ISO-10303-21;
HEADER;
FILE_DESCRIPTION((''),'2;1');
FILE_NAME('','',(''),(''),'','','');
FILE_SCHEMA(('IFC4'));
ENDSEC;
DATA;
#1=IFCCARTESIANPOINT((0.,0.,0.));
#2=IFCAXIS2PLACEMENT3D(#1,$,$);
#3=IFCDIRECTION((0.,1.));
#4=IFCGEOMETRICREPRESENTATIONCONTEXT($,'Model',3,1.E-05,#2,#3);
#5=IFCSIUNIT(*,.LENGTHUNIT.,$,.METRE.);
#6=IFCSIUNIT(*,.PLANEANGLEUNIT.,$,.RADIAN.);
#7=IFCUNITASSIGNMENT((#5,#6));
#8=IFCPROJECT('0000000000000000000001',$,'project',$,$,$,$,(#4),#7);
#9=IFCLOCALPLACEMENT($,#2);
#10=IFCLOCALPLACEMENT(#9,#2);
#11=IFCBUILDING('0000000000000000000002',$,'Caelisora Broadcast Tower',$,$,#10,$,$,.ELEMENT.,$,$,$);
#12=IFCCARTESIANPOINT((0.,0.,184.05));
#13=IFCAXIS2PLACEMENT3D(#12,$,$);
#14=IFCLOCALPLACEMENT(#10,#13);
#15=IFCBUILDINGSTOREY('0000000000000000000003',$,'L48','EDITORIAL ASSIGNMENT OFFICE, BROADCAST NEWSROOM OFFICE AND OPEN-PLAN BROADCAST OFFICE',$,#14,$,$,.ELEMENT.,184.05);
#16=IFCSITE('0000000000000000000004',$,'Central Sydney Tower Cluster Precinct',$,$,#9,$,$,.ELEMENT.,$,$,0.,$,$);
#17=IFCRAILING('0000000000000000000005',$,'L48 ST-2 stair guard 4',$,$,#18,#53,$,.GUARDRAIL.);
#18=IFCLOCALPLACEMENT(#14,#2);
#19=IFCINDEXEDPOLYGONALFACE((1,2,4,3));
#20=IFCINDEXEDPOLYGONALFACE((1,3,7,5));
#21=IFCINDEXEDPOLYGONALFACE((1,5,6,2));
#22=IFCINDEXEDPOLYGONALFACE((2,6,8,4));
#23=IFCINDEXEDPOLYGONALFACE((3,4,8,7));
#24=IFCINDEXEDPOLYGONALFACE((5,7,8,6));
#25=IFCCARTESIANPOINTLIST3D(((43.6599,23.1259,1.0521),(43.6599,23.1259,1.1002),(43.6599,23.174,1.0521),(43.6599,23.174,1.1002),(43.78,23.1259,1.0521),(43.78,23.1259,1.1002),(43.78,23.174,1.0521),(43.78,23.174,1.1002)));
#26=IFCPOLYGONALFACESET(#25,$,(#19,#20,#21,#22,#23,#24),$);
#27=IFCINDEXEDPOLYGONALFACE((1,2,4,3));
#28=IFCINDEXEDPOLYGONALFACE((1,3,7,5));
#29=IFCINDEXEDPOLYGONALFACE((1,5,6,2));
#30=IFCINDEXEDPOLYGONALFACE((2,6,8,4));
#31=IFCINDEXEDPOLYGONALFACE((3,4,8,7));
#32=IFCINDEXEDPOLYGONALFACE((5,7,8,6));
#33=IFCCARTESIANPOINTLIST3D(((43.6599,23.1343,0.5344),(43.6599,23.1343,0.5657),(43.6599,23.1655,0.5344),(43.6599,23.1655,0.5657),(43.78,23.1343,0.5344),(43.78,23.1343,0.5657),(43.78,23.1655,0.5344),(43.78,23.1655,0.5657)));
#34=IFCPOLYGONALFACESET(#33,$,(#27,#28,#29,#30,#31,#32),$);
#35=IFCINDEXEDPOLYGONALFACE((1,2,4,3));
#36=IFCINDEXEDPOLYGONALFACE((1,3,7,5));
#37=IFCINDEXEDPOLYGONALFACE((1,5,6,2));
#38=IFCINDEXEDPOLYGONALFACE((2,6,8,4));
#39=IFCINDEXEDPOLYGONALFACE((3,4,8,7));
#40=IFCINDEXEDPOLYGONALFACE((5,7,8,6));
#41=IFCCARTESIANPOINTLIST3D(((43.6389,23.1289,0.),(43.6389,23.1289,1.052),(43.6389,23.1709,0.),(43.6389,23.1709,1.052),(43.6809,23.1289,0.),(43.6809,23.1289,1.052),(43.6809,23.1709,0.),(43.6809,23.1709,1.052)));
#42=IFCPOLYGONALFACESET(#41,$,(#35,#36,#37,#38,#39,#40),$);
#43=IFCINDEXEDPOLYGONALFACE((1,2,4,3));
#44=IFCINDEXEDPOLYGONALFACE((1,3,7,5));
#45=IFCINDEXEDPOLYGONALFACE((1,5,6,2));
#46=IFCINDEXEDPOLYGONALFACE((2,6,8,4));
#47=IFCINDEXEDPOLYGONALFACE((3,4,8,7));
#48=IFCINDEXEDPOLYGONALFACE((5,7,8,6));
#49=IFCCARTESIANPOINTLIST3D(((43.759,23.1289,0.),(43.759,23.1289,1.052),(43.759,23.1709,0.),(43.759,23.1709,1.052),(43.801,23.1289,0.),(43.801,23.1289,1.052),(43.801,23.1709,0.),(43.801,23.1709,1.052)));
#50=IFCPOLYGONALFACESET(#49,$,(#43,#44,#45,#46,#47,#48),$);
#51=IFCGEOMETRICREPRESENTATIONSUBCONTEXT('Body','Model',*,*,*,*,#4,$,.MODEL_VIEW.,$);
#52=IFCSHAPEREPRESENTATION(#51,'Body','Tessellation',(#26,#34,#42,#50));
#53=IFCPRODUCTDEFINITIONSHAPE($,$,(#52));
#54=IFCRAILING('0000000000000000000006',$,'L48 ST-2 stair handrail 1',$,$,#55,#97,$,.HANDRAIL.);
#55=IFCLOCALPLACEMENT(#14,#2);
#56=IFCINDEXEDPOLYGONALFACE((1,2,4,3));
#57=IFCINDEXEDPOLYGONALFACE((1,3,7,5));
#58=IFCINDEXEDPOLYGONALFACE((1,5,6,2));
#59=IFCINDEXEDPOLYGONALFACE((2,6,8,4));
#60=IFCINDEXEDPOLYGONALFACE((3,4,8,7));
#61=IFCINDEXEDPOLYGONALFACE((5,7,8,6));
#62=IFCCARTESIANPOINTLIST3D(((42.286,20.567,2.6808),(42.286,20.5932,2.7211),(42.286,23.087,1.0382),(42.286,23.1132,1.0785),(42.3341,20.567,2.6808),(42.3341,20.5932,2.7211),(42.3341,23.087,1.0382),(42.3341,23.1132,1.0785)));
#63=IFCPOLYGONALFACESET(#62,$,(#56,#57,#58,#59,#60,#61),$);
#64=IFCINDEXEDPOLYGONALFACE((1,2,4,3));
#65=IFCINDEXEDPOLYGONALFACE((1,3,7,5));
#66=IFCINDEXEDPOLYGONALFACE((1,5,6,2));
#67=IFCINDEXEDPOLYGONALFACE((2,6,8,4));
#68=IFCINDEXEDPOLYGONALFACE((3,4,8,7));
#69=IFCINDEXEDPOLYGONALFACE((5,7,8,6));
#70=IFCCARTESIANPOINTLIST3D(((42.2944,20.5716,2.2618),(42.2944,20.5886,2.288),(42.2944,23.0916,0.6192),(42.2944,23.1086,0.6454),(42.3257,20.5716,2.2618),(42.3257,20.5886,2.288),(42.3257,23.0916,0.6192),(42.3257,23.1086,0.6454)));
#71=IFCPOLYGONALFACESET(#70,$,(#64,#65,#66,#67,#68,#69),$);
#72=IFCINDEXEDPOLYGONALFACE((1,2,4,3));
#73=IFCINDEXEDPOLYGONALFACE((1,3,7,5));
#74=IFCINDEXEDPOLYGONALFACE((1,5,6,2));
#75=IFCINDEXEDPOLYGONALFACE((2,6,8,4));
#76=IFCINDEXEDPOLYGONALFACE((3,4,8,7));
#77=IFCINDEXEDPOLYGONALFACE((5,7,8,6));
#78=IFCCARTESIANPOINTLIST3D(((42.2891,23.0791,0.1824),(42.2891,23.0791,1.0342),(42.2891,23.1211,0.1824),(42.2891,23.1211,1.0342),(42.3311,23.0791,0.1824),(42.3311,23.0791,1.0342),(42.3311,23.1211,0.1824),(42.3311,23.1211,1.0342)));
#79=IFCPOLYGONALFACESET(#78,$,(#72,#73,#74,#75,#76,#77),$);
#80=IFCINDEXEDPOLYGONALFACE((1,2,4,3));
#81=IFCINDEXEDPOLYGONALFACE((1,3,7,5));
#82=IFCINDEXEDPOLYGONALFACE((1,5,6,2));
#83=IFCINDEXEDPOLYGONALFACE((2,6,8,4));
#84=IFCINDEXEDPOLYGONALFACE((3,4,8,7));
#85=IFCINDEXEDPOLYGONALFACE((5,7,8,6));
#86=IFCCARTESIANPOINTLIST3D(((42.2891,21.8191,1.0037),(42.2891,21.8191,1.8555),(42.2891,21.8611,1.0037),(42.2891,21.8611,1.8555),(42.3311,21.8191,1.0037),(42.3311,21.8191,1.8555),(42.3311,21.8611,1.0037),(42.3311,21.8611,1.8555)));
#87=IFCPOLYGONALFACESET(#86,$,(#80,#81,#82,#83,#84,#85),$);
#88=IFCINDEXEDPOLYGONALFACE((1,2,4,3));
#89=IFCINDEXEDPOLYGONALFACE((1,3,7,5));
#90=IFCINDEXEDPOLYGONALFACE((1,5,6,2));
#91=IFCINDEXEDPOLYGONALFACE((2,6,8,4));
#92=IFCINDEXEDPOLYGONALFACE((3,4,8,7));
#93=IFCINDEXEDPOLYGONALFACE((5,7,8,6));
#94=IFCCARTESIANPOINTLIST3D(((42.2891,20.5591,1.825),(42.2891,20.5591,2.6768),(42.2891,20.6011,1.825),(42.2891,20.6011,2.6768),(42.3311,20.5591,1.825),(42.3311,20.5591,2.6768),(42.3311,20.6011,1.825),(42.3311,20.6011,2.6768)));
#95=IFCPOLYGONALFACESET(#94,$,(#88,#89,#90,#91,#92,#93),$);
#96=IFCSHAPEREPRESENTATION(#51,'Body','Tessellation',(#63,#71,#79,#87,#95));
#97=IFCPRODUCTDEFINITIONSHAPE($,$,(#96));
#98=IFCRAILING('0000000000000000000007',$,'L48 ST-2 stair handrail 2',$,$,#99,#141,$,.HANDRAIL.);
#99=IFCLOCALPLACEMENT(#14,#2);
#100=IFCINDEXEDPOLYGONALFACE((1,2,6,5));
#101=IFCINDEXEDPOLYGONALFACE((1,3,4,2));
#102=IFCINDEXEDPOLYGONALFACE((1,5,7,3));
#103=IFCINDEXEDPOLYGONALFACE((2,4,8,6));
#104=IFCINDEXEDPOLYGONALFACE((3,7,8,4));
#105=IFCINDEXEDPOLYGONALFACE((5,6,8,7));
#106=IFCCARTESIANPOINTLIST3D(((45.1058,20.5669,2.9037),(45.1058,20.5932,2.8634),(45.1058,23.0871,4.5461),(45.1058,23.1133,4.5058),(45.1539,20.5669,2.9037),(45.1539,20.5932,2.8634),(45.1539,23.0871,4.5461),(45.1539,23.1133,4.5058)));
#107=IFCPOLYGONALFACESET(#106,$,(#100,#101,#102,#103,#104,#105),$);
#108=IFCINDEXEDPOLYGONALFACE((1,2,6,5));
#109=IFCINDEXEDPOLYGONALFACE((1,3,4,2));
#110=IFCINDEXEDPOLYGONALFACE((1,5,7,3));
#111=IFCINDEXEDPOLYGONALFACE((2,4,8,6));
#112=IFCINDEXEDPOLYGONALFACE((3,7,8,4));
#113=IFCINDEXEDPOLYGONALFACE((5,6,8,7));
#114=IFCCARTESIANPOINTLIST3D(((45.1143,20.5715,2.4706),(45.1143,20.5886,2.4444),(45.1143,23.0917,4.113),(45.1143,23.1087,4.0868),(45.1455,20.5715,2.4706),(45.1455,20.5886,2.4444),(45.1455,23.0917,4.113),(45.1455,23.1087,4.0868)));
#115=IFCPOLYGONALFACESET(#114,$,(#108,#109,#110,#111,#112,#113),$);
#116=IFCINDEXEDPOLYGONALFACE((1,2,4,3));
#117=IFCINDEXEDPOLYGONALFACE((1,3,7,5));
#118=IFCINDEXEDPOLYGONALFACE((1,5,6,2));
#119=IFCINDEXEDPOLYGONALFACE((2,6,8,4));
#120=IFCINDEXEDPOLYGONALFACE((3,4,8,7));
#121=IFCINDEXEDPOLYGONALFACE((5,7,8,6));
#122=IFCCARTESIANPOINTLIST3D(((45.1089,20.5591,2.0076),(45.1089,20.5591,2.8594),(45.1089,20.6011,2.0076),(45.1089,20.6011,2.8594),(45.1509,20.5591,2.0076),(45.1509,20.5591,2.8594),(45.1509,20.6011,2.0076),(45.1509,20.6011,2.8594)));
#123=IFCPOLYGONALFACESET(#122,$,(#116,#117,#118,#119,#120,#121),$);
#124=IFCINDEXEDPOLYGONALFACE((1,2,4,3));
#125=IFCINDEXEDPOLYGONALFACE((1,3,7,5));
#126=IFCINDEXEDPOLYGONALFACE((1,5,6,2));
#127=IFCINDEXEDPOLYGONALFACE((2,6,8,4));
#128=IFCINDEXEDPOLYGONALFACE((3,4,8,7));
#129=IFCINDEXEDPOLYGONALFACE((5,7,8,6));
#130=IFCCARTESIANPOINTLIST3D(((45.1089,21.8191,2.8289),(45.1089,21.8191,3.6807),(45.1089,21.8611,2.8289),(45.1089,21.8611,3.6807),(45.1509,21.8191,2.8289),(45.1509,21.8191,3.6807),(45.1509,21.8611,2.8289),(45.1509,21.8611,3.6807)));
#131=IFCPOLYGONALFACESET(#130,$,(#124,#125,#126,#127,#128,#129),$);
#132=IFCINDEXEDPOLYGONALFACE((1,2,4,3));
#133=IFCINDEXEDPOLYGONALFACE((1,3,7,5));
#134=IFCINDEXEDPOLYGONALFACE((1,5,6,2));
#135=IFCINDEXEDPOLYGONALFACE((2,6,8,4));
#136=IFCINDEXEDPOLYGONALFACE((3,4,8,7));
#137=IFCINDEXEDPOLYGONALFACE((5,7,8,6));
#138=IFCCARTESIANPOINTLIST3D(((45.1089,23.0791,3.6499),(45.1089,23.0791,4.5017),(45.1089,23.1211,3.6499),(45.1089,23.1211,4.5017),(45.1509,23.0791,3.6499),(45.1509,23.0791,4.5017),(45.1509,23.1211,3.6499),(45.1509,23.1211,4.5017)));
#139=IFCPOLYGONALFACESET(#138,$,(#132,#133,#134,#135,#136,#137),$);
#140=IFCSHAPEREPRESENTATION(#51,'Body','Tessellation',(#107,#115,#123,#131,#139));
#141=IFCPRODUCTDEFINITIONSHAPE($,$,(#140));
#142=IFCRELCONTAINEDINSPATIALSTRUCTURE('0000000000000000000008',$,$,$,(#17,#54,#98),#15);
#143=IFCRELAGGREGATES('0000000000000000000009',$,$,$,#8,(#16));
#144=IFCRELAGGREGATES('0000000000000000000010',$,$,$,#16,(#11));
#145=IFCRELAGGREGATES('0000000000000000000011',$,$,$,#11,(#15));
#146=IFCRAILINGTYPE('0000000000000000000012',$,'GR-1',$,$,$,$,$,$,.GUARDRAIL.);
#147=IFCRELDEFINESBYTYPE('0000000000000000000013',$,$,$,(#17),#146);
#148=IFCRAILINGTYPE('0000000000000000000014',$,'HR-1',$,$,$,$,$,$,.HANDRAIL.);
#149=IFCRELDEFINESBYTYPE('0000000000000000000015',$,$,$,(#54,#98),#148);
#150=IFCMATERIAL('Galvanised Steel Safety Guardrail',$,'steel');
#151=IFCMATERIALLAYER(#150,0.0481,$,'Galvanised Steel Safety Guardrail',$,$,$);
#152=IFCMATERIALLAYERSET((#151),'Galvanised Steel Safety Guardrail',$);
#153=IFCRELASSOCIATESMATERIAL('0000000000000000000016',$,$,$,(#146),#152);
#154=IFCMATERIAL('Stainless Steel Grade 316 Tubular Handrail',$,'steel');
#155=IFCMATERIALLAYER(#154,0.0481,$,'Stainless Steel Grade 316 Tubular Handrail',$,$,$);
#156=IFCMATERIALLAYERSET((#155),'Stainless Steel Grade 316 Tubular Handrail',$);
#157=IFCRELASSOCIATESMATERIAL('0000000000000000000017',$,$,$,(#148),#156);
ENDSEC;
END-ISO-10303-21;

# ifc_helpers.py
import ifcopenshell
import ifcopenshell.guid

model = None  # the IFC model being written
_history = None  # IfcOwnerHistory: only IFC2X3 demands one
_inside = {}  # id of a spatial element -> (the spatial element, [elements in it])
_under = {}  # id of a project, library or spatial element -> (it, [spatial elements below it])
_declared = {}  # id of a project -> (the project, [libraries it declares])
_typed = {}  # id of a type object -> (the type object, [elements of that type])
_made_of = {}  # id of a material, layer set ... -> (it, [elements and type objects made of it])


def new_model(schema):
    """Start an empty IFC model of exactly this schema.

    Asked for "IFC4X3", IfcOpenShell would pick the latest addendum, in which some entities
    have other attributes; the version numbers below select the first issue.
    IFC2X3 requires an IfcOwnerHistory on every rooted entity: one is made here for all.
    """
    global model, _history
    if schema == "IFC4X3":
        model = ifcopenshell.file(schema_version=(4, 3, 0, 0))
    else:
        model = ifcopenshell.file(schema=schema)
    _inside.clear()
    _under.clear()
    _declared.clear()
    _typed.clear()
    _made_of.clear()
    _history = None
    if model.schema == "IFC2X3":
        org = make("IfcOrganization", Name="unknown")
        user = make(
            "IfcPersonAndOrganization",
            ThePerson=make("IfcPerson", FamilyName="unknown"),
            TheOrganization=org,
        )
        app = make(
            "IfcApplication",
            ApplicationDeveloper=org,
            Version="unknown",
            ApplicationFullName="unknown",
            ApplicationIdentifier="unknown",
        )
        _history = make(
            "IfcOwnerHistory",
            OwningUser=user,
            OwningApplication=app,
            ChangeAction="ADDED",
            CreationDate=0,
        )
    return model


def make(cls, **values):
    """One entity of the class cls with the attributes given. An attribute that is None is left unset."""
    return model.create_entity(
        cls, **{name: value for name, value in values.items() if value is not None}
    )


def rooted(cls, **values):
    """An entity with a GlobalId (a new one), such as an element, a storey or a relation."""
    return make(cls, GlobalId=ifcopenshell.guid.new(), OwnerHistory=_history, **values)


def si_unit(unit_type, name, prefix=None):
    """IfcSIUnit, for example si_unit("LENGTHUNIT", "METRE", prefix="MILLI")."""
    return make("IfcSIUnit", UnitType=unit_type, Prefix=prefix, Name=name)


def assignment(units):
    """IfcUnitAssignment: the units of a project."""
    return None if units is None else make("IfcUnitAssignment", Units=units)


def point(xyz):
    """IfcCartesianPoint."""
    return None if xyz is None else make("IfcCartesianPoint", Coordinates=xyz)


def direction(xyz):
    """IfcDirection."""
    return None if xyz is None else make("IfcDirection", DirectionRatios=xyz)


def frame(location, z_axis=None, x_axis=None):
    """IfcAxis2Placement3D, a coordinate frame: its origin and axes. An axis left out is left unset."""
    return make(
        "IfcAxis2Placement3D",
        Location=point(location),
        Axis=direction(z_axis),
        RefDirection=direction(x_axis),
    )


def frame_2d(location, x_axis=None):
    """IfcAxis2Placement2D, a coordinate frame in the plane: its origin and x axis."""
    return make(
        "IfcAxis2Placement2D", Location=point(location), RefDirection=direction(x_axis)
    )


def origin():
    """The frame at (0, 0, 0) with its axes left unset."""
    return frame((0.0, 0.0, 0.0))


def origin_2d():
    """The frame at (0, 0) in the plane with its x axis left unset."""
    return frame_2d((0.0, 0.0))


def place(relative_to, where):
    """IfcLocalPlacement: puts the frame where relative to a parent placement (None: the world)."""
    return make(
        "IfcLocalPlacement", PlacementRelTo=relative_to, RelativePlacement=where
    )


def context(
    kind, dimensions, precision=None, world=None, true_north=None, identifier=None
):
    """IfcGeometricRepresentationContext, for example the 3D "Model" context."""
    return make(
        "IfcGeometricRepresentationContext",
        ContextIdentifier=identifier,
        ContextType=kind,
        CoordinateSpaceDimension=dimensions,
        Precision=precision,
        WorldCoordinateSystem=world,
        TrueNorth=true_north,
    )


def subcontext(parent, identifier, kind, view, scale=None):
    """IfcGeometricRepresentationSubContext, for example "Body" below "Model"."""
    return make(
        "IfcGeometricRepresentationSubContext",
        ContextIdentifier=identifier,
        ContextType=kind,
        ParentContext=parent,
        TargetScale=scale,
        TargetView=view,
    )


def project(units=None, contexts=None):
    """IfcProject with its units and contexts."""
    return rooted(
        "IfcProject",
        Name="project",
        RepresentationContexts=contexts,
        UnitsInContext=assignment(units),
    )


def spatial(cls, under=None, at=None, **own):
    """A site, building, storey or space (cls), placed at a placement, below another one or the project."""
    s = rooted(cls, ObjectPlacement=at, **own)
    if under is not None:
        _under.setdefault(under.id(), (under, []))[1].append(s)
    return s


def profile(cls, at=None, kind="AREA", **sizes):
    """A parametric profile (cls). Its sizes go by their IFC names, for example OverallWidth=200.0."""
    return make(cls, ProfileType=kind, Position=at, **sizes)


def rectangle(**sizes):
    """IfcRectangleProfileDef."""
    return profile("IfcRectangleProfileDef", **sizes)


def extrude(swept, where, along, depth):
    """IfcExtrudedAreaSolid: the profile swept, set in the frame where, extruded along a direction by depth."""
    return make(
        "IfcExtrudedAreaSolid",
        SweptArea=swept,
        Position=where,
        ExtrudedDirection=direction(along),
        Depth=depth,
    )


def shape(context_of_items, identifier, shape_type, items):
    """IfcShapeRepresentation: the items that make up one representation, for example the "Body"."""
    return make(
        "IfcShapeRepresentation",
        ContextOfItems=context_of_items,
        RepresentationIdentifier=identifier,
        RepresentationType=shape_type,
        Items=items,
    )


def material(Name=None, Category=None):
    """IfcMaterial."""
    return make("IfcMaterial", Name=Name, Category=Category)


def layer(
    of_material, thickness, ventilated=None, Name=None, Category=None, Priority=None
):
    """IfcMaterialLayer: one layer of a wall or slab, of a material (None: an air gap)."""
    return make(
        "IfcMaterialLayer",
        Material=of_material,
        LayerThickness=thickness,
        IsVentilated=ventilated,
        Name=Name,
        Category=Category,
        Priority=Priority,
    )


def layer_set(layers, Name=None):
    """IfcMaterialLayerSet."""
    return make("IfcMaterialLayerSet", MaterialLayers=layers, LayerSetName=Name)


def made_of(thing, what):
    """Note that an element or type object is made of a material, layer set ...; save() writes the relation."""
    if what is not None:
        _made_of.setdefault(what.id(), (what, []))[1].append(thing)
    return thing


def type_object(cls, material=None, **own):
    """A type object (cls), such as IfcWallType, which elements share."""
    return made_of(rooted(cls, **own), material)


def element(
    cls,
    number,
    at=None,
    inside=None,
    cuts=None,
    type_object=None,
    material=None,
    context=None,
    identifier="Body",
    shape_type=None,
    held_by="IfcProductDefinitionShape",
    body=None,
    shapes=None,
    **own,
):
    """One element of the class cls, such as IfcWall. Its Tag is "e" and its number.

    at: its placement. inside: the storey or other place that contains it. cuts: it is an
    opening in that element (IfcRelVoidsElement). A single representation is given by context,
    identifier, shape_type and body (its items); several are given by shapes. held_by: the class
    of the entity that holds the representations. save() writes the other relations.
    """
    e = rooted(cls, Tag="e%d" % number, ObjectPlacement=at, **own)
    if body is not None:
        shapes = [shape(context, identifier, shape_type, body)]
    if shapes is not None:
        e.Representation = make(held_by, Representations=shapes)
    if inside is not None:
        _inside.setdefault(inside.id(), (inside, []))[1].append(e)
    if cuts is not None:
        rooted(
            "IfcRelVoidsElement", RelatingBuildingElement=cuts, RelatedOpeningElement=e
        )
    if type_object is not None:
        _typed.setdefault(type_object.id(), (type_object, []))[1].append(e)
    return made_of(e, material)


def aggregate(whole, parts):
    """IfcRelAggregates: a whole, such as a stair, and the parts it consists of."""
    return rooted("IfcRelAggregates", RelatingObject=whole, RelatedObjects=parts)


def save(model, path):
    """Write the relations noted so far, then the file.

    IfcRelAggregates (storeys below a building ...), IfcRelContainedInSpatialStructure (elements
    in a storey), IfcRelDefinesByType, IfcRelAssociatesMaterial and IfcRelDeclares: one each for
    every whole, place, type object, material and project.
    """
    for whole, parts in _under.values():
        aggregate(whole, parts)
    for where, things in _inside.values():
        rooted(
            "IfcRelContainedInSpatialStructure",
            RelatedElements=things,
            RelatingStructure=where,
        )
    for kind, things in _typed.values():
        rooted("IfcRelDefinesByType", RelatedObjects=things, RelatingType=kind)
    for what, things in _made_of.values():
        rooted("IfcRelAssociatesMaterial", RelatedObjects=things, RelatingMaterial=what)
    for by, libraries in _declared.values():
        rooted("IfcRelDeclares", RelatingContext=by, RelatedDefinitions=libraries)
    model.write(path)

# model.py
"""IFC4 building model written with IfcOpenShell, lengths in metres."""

from ifc_helpers import new_model, si_unit, direction, frame, origin, origin_2d, place, context, subcontext, project, spatial, rectangle, extrude, material, layer, layer_set, type_object, element, save


model = new_model("IFC4")

# Units and contexts
model_context = context("Model", 3, precision=1e-05, world=origin(), true_north=direction((0.0, 1.0)))
body_context = subcontext(model_context, "Body", "Model", "MODEL_VIEW")
ifc_project = project(units=[si_unit("LENGTHUNIT", "METRE"), si_unit("PLANEANGLEUNIT", "RADIAN")], contexts=[model_context])

# Site, building, storey
site_placement = place(None, origin())
site = spatial("IfcSite", under=ifc_project, at=site_placement, Name="Central Sydney Tower Cluster Precinct", CompositionType="ELEMENT", RefElevation=0.0)
building_placement = place(site_placement, origin())
building = spatial("IfcBuilding", under=site, at=building_placement, Name="Caelisora Broadcast Tower", CompositionType="ELEMENT")
storey_placement = place(building_placement, frame((0.0, 0.0, 184.05)))
storey = spatial("IfcBuildingStorey", under=building, at=storey_placement, Name="L48", Description="EDITORIAL ASSIGNMENT OFFICE, BROADCAST NEWSROOM OFFICE AND OPEN-PLAN BROADCAST OFFICE", CompositionType="ELEMENT", Elevation=184.05)

# Railings
ifc_material_1 = material(Name="Galvanised Steel Safety Guardrail", Category="steel")
ifc_layer_1 = layer(ifc_material_1, 0.0481, Name="Galvanised Steel Safety Guardrail")
ifc_layer_set_1 = layer_set([ifc_layer_1], Name="Galvanised Steel Safety Guardrail")
railing_type_1 = type_object("IfcRailingType", Name="GR-1", PredefinedType="GUARDRAIL", material=ifc_layer_set_1)
railing_1_placement = place(storey_placement, frame((43.6599, 23.1499, 0.0)))
element("IfcRailing", 1, at=railing_1_placement, inside=storey, type_object=railing_type_1, Name="L48 ST-2 stair guard 4", PredefinedType="GUARDRAIL", context=body_context, shape_type="SweptSolid", body=[
    extrude(rectangle(XDim=0.0481, YDim=0.0481, at=origin_2d()), frame((0.0, 0.0, 1.0762), z_axis=(1.0, 0.0, 0.0), x_axis=(0.0, 1.0, 0.0)), (0.0, 0.0, 1.0), 0.1201),
    extrude(rectangle(XDim=0.0312, YDim=0.0312, at=origin_2d()), frame((0.0, 0.0, 0.55), z_axis=(1.0, 0.0, 0.0), x_axis=(0.0, 1.0, 0.0)), (0.0, 0.0, 1.0), 0.1201),
    extrude(rectangle(XDim=0.042, YDim=0.042, at=origin_2d()), origin(), (0.0, 0.0, 1.0), 1.052),
    extrude(rectangle(XDim=0.042, YDim=0.042, at=origin_2d()), frame((0.1201, 0.0, 0.0)), (0.0, 0.0, 1.0), 1.052),
])
ifc_material_2 = material(Name="Stainless Steel Grade 316 Tubular Handrail", Category="steel")
ifc_layer_2 = layer(ifc_material_2, 0.0481, Name="Stainless Steel Grade 316 Tubular Handrail")
ifc_layer_set_2 = layer_set([ifc_layer_2], Name="Stainless Steel Grade 316 Tubular Handrail")
railing_type_2 = type_object("IfcRailingType", Name="HR-1", PredefinedType="HANDRAIL", material=ifc_layer_set_2)
railing_2_placement = place(storey_placement, frame((42.3101, 23.1001, 0.1824)))
element("IfcRailing", 2, at=railing_2_placement, inside=storey, type_object=railing_type_2, Name="L48 ST-2 stair handrail 1", PredefinedType="HANDRAIL", context=body_context, shape_type="SweptSolid", body=[
    extrude(rectangle(XDim=0.0481, YDim=0.0481, at=origin_2d()), frame((0.0, 0.0, 0.876), z_axis=(0.0, -0.837749, 0.546055), x_axis=(1.0, 0.0, 0.0)), (0.0, 0.0, 1.0), 3.0081),
    extrude(rectangle(XDim=0.0312, YDim=0.0312, at=origin_2d()), frame((0.0, 0.0, 0.45), z_axis=(0.0, -0.837749, 0.546055), x_axis=(1.0, 0.0, 0.0)), (0.0, 0.0, 1.0), 3.0081),
    extrude(rectangle(XDim=0.042, YDim=0.042, at=origin_2d()), origin(), (0.0, 0.0, 1.0), 0.8518),
    extrude(rectangle(XDim=0.042, YDim=0.042, at=origin_2d()), frame((0.0, -1.26, 0.8213)), (0.0, 0.0, 1.0), 0.8518),
    extrude(rectangle(XDim=0.042, YDim=0.042, at=origin_2d()), frame((0.0, -2.52, 1.6426)), (0.0, 0.0, 1.0), 0.8518),
])
railing_3_placement = place(storey_placement, frame((45.1299, 20.5801, 2.0076)))
element("IfcRailing", 3, at=railing_3_placement, inside=storey, type_object=railing_type_2, Name="L48 ST-2 stair handrail 2", PredefinedType="HANDRAIL", context=body_context, shape_type="SweptSolid", body=[
    extrude(rectangle(XDim=0.0481, YDim=0.0481, at=origin_2d()), frame((0.0, 0.0, 0.876), z_axis=(0.0, 0.837787, 0.545998), x_axis=(-1.0, 0.0, 0.0)), (0.0, 0.0, 1.0), 3.0081),
    extrude(rectangle(XDim=0.0312, YDim=0.0312, at=origin_2d()), frame((0.0, 0.0, 0.45), z_axis=(0.0, 0.837787, 0.545998), x_axis=(-1.0, 0.0, 0.0)), (0.0, 0.0, 1.0), 3.0081),
    extrude(rectangle(XDim=0.042, YDim=0.042, at=origin_2d()), origin(), (0.0, 0.0, 1.0), 0.8518),
    extrude(rectangle(XDim=0.042, YDim=0.042, at=origin_2d()), frame((0.0, 1.26, 0.8213)), (0.0, 0.0, 1.0), 0.8518),
    extrude(rectangle(XDim=0.042, YDim=0.042, at=origin_2d()), frame((0.0, 2.52, 1.6423)), (0.0, 0.0, 1.0), 0.8518),
])

save(model, "model.ifc")
